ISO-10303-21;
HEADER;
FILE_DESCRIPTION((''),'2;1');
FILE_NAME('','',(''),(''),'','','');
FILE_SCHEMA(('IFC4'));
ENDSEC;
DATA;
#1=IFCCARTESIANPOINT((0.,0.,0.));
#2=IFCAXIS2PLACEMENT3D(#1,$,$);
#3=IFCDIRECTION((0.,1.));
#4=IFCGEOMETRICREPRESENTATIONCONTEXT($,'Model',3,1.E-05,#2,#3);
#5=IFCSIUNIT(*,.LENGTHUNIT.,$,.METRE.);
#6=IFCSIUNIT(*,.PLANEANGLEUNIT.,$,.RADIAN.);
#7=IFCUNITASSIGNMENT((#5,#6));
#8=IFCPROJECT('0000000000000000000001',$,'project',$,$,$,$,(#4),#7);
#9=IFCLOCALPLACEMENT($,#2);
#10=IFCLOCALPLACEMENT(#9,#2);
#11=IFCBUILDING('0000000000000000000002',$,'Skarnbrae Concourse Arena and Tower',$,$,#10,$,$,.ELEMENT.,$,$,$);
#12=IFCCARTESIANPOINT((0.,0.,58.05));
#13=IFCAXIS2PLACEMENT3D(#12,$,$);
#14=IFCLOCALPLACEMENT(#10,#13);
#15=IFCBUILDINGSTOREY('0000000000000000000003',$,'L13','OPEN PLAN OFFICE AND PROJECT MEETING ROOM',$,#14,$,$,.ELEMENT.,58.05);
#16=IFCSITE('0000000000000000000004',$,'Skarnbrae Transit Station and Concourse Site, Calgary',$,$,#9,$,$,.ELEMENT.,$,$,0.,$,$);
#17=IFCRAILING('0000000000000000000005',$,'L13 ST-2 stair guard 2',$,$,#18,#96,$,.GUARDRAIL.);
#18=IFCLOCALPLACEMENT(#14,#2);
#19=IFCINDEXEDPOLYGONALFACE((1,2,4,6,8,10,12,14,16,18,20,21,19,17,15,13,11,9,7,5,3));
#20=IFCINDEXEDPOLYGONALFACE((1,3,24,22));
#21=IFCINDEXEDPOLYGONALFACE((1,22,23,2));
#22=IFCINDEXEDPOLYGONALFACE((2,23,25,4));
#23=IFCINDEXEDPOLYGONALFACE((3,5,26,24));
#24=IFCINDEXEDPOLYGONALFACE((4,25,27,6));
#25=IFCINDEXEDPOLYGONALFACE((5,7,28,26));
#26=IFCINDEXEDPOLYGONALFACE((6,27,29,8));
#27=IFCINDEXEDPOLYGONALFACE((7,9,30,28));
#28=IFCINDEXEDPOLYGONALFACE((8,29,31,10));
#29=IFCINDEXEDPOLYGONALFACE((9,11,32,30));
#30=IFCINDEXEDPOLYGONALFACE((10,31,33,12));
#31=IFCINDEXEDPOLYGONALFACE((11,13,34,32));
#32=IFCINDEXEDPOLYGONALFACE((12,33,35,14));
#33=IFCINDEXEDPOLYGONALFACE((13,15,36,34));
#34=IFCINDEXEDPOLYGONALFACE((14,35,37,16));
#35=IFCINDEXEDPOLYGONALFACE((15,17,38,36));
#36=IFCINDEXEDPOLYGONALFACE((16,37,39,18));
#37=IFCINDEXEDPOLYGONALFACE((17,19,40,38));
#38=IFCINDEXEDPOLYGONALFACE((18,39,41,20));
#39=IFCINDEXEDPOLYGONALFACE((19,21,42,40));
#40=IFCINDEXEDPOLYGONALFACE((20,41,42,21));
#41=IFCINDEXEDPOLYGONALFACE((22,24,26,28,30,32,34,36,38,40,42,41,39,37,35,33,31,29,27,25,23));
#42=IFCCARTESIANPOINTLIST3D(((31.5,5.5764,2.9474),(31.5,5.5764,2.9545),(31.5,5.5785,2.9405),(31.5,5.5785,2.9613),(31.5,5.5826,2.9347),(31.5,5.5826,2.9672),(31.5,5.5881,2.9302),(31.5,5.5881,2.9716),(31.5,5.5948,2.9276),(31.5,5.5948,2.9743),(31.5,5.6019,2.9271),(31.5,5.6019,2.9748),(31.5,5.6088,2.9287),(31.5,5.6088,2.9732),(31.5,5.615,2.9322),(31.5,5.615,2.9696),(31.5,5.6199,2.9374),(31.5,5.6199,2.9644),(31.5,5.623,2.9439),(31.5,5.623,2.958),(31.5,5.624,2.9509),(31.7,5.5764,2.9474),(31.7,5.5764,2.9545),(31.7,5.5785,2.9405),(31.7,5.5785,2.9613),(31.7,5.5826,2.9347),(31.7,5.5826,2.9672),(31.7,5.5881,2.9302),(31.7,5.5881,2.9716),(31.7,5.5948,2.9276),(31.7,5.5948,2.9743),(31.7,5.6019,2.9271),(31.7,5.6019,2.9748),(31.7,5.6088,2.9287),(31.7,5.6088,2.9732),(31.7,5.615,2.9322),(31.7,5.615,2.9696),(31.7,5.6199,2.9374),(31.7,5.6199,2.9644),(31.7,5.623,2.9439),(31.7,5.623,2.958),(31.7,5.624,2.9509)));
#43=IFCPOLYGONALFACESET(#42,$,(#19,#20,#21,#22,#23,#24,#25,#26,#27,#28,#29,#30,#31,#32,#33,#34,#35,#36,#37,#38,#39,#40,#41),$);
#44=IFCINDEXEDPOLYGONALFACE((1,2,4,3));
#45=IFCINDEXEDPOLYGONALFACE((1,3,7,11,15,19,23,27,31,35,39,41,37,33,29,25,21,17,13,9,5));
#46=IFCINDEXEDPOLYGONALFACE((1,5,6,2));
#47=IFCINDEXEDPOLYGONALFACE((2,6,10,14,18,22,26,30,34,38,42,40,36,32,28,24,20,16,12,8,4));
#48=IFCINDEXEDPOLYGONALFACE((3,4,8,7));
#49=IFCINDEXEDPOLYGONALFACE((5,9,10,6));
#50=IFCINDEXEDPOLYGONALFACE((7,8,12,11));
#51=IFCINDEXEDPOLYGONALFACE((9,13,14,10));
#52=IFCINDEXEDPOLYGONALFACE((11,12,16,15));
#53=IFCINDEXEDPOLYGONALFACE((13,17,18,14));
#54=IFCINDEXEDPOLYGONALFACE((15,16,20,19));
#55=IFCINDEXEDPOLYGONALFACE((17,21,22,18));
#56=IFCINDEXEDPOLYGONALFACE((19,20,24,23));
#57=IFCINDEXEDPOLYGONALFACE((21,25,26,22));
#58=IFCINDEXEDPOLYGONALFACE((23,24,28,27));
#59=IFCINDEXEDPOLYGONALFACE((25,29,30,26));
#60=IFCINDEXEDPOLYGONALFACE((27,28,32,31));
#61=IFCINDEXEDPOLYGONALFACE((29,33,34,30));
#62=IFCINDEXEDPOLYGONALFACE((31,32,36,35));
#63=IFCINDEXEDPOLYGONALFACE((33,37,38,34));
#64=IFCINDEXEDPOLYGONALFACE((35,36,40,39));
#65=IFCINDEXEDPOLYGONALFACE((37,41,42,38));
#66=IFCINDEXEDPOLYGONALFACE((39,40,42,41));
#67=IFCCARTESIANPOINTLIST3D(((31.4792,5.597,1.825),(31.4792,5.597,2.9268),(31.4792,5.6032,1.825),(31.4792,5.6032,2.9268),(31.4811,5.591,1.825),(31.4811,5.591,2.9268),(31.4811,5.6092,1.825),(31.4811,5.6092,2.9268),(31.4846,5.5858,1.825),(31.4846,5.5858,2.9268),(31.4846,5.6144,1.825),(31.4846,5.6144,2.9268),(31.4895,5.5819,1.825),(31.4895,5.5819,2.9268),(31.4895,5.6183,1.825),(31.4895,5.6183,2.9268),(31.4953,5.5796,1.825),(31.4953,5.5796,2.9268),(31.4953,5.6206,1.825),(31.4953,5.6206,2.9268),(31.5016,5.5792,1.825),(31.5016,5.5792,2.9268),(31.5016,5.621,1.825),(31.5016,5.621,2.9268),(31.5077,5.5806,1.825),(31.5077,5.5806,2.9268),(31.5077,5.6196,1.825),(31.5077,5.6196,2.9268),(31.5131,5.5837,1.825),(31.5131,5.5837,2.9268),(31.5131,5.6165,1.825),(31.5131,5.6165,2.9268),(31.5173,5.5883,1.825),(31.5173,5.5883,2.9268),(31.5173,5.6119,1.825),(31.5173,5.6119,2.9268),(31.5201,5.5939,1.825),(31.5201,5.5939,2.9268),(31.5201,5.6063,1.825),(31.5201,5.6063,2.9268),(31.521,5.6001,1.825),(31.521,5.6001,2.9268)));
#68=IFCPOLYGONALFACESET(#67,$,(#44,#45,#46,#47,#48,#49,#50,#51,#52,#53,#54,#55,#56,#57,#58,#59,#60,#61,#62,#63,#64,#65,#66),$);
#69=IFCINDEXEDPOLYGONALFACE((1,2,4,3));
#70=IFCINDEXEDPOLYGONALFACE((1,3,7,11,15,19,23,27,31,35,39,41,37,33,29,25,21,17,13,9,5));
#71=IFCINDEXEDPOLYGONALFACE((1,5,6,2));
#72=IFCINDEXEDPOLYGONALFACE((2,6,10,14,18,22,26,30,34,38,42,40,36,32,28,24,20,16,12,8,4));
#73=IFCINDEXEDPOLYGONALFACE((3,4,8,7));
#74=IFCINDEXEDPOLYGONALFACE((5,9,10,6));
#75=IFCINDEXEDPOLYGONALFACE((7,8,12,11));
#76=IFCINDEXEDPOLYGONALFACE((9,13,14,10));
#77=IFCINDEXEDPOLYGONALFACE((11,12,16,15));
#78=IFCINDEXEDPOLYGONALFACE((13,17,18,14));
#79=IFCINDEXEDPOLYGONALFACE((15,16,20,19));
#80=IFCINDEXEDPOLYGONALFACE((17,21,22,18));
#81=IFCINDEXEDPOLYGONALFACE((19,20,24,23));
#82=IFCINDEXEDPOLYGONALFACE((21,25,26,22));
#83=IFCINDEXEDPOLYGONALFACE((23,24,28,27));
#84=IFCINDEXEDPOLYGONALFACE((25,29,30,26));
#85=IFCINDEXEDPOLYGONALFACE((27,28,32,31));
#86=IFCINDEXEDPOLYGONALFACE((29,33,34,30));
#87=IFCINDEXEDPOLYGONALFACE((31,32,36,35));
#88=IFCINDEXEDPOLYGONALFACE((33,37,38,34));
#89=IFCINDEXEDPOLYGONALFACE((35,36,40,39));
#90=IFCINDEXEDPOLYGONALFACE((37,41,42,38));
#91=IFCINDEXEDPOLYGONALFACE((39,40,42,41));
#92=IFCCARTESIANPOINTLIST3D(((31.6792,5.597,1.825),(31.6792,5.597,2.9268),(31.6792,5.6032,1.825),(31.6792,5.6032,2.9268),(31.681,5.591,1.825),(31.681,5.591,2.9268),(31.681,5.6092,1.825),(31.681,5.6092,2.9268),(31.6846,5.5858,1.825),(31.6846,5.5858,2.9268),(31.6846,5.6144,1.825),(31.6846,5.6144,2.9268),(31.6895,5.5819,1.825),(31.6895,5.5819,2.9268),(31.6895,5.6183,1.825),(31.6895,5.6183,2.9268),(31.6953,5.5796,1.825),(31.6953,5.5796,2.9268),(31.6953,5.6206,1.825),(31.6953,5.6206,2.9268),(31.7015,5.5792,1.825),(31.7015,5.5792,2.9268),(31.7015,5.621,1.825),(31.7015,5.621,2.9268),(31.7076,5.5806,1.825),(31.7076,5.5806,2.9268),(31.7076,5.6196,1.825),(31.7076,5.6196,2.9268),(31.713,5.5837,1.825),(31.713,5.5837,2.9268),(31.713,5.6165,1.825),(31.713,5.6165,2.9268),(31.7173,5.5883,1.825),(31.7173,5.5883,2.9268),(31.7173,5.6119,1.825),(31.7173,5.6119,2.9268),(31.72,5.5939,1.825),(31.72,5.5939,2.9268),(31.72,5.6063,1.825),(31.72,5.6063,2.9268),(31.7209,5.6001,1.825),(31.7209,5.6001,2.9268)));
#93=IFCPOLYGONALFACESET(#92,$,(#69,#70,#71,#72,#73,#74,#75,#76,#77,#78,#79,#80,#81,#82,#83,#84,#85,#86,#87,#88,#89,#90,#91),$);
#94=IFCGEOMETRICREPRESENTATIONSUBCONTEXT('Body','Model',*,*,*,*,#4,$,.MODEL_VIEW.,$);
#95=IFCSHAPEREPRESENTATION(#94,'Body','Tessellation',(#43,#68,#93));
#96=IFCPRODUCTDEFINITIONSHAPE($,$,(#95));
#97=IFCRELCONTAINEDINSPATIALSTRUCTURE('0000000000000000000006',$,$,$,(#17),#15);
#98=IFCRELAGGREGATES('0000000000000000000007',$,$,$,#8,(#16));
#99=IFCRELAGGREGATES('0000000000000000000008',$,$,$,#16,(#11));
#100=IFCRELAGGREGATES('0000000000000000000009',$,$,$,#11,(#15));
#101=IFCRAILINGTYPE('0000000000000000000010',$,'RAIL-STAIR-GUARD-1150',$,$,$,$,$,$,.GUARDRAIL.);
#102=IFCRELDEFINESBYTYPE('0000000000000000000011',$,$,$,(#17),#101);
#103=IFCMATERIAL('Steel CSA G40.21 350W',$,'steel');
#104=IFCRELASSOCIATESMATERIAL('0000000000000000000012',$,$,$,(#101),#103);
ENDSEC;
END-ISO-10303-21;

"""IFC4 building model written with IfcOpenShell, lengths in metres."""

from ifc_helpers import new_model, si_unit, direction, frame, origin, origin_2d, place, context, subcontext, project, spatial, circle, extrude, material, type_object, element, save


model = new_model("IFC4")

# Units and contexts
model_context = context("Model", 3, precision=1e-05, world=origin(), true_north=direction((0.0, 1.0)))
body_context = subcontext(model_context, "Body", "Model", "MODEL_VIEW")
ifc_project = project(units=[si_unit("LENGTHUNIT", "METRE"), si_unit("PLANEANGLEUNIT", "RADIAN")], contexts=[model_context])

# Site, building, storey
site_placement = place(None, origin())
site = spatial("IfcSite", under=ifc_project, at=site_placement, Name="Skarnbrae Transit Station and Concourse Site, Calgary", CompositionType="ELEMENT", RefElevation=0.0)
building_placement = place(site_placement, origin())
building = spatial("IfcBuilding", under=site, at=building_placement, Name="Skarnbrae Concourse Arena and Tower", CompositionType="ELEMENT")
storey_placement = place(building_placement, frame((0.0, 0.0, 58.05)))
storey = spatial("IfcBuildingStorey", under=building, at=storey_placement, Name="L13", Description="OPEN PLAN OFFICE AND PROJECT MEETING ROOM", CompositionType="ELEMENT", Elevation=58.05)

# Shared definitions
ifc_material_1 = material(Name="Steel CSA G40.21 350W", Category="steel")

# Railing
railing_type_1 = type_object("IfcRailingType", Name="RAIL-STAIR-GUARD-1150", PredefinedType="GUARDRAIL", material=ifc_material_1)
railing_1_placement = place(storey_placement, frame((31.5, 5.6001, 1.825)))
element("IfcRailing", 1, at=railing_1_placement, inside=storey, type_object=railing_type_1, Name="L13 ST-2 stair guard 2", PredefinedType="GUARDRAIL", context=body_context, shape_type="SweptSolid", body=[
    extrude(circle(Radius=0.0239, at=origin_2d()), frame((0.0, 0.0, 1.126), z_axis=(1.0, 0.0, 0.0), x_axis=(0.0, 1.0, 0.0)), (0.0, 0.0, 1.0), 0.2),
    extrude(circle(Radius=0.021, at=origin_2d()), origin(), (0.0, 0.0, 1.0), 1.1018),
    extrude(circle(Radius=0.021, at=origin_2d()), frame((0.2, 0.0, 0.0)), (0.0, 0.0, 1.0), 1.1018),
])

save(model, "model.ifc")
